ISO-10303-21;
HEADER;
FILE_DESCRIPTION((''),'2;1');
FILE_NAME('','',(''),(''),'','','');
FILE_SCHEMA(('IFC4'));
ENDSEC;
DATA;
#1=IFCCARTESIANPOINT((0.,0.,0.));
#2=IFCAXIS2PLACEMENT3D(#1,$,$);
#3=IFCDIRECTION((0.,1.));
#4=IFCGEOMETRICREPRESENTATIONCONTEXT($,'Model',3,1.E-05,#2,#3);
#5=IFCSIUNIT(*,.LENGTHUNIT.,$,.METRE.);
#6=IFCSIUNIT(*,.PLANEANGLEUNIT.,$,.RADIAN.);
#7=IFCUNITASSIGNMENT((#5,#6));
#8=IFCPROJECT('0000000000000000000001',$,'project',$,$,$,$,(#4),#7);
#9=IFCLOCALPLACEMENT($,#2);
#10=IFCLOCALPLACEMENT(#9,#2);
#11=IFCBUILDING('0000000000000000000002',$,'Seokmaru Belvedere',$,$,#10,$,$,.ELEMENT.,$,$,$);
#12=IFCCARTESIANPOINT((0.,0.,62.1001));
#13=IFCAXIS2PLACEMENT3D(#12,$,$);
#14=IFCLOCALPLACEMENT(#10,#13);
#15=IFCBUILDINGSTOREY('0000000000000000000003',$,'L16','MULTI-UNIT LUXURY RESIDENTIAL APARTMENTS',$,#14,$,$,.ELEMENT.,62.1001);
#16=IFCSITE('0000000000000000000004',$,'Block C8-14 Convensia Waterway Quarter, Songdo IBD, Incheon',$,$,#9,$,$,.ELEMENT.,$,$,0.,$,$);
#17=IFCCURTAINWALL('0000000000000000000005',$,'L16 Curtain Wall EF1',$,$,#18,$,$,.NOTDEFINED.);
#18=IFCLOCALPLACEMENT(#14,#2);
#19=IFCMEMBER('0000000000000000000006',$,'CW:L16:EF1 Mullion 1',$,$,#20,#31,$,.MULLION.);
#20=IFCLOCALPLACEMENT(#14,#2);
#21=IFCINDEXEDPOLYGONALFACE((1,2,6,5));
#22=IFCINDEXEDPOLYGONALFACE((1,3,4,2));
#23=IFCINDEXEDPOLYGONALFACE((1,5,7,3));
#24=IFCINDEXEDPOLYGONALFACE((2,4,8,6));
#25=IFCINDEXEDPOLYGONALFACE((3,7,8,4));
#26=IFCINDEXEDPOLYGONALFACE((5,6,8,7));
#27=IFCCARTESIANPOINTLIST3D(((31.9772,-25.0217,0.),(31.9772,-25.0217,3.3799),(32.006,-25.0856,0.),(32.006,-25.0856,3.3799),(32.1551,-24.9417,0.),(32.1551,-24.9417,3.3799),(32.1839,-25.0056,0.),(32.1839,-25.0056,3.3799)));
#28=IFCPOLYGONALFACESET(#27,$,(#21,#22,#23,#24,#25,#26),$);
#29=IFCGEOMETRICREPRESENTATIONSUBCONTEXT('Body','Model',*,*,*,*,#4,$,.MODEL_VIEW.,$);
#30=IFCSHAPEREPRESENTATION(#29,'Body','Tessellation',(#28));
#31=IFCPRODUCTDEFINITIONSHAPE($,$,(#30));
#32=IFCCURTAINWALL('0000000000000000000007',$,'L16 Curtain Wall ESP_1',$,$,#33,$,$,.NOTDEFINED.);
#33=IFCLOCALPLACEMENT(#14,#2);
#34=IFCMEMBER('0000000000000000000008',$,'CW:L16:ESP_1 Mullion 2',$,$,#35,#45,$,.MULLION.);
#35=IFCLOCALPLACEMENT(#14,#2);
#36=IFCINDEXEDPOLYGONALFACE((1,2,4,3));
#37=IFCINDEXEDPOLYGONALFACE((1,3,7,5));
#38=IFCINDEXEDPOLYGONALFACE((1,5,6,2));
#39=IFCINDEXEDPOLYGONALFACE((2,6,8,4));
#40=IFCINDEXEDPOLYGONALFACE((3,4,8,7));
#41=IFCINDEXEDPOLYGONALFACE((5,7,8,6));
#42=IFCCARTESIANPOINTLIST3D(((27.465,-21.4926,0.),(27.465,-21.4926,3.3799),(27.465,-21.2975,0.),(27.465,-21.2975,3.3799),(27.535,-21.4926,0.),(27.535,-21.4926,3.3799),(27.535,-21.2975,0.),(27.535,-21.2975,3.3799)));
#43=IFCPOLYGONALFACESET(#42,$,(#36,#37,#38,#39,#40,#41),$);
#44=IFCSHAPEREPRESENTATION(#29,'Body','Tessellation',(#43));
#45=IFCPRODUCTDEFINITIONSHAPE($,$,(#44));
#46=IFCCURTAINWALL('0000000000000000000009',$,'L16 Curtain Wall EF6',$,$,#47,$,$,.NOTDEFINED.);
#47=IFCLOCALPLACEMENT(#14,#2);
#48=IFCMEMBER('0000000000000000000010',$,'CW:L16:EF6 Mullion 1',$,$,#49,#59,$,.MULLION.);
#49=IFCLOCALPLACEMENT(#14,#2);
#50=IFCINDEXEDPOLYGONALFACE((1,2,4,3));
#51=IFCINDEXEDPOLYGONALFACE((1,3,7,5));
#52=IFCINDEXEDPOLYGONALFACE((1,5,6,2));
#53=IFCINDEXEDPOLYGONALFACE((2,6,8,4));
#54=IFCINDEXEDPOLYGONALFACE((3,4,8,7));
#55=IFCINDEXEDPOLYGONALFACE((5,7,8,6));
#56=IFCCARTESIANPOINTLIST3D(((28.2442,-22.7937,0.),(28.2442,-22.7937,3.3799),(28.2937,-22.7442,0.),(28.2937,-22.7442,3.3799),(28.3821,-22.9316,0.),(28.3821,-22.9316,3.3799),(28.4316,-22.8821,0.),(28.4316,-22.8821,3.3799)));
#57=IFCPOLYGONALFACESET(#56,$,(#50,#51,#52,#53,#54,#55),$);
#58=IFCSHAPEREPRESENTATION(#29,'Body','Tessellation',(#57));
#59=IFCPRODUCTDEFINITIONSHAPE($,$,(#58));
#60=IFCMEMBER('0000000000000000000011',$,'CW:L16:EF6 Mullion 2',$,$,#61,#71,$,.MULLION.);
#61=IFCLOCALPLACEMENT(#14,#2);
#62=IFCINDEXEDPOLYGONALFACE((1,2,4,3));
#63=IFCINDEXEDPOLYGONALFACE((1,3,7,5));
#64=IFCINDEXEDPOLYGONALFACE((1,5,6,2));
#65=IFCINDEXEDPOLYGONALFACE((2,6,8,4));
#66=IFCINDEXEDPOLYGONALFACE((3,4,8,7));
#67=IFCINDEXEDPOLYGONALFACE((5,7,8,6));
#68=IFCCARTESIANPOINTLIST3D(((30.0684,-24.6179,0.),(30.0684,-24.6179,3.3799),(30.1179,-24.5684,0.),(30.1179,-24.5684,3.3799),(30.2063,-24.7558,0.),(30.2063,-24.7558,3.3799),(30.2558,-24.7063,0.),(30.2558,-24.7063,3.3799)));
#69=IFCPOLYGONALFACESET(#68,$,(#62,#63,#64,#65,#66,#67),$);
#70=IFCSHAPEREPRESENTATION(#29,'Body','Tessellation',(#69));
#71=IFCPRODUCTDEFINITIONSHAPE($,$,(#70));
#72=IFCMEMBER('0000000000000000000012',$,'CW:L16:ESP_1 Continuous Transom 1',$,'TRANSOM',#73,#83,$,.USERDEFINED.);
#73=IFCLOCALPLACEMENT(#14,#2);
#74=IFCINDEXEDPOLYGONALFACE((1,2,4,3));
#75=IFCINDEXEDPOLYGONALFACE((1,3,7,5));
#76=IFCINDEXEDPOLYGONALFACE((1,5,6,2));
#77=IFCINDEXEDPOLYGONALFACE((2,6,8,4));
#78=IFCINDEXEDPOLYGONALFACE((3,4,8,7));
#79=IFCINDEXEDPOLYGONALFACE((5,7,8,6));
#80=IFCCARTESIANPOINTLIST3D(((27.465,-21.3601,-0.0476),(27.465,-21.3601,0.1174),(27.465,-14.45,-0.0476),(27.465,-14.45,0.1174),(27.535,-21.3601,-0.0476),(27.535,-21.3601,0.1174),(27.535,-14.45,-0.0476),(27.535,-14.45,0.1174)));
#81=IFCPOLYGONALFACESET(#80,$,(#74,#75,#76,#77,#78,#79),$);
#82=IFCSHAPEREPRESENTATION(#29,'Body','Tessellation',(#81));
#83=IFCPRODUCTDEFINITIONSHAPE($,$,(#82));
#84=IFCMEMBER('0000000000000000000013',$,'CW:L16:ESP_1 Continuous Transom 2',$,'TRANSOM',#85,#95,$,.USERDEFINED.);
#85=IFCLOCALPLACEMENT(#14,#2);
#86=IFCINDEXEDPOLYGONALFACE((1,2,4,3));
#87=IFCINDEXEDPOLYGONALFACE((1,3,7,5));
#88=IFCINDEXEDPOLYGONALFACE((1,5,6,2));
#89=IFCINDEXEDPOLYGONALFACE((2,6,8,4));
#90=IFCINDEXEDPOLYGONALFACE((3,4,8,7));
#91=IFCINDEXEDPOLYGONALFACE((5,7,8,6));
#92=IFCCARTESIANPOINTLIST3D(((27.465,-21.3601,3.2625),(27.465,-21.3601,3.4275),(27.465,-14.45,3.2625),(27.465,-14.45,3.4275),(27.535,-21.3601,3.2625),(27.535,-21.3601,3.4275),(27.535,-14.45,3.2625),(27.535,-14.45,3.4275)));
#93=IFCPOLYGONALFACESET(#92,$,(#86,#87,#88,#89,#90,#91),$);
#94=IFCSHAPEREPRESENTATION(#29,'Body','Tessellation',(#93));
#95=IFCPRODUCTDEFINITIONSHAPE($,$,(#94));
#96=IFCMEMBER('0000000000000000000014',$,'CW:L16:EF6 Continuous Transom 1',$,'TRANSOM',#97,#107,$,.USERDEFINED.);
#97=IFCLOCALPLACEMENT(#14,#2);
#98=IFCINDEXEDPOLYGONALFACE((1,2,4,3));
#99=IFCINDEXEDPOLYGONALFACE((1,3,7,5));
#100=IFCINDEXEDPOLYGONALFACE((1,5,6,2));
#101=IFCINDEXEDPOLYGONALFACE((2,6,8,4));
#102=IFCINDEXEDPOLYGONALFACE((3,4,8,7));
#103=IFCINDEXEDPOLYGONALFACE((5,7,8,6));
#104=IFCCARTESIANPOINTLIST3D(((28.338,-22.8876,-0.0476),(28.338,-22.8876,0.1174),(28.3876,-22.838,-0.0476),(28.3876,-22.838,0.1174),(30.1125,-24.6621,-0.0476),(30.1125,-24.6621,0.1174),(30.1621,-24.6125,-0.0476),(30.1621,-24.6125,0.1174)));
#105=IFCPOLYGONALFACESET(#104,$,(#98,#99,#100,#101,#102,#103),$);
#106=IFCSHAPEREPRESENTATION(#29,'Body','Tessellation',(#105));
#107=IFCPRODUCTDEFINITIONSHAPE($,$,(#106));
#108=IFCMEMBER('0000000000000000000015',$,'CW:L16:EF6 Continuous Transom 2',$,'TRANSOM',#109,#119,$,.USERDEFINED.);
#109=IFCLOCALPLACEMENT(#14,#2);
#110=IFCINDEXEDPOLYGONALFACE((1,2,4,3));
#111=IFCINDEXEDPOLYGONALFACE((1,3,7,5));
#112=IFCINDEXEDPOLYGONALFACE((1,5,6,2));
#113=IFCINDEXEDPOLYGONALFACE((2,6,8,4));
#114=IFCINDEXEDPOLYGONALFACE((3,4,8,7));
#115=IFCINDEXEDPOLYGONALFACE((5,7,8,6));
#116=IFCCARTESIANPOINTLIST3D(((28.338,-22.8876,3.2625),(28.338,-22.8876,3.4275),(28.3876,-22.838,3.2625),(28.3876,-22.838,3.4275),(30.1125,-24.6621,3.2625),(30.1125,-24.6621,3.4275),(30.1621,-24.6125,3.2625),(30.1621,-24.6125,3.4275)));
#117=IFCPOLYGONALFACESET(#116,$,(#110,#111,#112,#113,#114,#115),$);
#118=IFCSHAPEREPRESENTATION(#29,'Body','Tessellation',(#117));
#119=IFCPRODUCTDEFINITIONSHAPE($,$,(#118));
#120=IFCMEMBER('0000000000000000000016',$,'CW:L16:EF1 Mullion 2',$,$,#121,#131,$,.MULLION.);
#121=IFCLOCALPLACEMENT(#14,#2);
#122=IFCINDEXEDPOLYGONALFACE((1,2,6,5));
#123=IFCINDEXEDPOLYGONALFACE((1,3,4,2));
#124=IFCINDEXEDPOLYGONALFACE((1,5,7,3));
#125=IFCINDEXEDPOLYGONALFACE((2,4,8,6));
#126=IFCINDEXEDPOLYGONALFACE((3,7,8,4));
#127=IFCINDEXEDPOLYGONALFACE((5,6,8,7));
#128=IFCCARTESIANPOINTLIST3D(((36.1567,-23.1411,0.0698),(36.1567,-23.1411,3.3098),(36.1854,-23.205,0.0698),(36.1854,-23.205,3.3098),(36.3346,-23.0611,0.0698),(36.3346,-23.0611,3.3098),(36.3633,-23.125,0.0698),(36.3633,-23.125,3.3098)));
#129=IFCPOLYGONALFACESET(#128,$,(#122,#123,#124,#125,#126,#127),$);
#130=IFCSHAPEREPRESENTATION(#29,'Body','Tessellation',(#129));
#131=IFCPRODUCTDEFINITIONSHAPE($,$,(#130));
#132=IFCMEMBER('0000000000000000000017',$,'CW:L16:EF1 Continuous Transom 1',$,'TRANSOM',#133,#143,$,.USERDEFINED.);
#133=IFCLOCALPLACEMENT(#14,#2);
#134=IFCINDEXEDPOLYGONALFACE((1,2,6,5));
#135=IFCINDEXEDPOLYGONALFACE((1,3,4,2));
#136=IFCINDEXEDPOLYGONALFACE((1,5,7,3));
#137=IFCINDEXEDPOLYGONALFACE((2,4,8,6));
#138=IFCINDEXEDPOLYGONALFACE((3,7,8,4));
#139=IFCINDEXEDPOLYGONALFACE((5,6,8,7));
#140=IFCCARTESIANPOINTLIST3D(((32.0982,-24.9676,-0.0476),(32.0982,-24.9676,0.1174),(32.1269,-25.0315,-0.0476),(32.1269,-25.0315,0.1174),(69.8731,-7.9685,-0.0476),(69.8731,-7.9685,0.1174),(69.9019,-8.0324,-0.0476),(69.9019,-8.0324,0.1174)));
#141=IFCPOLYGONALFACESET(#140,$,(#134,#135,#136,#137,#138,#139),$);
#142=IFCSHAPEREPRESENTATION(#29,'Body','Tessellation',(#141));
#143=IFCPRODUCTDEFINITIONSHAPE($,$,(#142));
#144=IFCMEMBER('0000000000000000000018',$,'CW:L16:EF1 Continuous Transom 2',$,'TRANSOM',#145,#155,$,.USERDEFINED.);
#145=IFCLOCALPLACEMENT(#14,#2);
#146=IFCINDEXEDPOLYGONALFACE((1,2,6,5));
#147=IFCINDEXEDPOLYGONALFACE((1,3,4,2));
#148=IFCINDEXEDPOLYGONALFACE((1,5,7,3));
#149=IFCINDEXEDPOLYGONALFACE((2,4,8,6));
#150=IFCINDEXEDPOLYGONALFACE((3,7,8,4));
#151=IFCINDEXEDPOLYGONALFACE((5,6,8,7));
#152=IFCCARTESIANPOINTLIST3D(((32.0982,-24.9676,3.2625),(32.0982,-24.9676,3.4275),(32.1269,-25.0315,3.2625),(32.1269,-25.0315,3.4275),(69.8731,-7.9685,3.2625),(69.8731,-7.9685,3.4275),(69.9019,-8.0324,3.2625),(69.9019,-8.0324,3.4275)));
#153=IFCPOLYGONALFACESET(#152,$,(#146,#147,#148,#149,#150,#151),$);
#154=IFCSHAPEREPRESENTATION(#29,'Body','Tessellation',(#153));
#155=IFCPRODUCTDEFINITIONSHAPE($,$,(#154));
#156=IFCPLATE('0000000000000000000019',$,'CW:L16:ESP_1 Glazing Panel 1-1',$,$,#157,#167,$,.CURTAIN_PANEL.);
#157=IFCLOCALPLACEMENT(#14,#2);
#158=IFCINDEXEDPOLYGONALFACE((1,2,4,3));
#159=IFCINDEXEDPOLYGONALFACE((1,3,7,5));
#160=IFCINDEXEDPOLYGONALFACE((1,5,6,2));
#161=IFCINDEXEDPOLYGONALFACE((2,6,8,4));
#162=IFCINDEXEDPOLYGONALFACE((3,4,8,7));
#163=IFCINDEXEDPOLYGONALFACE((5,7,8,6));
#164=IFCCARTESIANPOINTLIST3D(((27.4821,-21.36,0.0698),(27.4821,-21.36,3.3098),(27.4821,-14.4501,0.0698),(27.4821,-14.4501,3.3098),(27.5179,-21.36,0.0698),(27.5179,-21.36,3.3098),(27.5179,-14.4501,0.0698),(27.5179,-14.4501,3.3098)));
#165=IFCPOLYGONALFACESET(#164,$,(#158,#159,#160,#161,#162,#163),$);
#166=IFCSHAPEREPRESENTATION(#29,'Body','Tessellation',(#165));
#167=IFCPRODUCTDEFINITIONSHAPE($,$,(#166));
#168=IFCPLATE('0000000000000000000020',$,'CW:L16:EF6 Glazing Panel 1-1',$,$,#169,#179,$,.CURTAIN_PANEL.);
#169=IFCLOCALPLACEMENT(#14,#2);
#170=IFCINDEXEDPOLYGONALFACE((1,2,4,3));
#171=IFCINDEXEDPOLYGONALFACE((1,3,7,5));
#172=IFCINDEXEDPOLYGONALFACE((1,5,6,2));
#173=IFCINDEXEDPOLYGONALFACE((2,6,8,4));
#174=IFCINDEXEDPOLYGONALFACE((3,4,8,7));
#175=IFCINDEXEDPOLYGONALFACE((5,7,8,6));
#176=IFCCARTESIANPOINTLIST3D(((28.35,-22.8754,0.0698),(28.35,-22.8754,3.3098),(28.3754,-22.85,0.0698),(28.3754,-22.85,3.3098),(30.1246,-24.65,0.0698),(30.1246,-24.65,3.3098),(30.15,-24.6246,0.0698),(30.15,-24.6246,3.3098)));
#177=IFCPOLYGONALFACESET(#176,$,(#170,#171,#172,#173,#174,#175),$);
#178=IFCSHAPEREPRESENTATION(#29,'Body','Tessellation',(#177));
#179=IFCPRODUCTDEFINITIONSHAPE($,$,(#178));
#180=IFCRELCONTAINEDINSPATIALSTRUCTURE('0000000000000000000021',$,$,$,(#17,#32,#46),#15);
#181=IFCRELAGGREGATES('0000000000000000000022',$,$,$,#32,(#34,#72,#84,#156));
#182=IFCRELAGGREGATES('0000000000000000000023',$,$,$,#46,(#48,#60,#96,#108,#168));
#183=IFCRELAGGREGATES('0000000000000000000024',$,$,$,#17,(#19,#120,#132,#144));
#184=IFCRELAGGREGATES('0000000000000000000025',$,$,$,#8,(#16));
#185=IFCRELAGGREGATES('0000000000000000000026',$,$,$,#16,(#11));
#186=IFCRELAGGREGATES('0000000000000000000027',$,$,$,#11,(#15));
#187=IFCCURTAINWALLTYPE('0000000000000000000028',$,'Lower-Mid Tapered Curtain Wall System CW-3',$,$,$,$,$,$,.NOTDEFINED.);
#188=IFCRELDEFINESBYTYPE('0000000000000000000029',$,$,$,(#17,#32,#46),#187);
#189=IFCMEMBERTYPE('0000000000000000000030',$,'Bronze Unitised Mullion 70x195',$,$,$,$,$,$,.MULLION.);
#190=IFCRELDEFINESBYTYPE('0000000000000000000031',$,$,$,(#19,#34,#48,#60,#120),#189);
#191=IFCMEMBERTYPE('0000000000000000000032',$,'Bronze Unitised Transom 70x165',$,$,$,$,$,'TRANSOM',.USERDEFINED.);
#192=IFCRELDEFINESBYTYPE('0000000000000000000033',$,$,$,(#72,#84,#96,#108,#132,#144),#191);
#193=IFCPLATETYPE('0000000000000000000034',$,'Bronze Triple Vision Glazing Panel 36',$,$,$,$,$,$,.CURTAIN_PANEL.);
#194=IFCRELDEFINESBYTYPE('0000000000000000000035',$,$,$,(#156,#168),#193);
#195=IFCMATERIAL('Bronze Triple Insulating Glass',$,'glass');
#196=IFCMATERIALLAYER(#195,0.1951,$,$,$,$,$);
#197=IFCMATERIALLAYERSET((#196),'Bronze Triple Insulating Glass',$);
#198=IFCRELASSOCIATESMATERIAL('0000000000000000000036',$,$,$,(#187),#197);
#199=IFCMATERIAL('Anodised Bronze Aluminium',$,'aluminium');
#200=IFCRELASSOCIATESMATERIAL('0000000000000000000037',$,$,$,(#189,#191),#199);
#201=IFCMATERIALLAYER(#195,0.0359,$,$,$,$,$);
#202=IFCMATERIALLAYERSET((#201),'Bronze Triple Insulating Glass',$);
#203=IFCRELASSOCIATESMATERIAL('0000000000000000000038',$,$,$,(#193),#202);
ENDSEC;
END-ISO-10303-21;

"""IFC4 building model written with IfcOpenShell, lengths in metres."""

from ifc_helpers import new_model, si_unit, direction, frame, origin, origin_2d, place, context, subcontext, project, spatial, rectangle, extrude, source, transform, mapped, material, layer, layer_set, material_profile, profile_set, type_object, type_shapes, element, aggregate, save


model = new_model("IFC4")

# Units and contexts
model_context = context("Model", 3, precision=1e-05, world=origin(), true_north=direction((0.0, 1.0)))
body_context = subcontext(model_context, "Body", "Model", "MODEL_VIEW")
ifc_project = project(units=[si_unit("LENGTHUNIT", "METRE"), si_unit("PLANEANGLEUNIT", "RADIAN")], contexts=[model_context])

# Site, building, storey
site_placement = place(None, origin())
site = spatial("IfcSite", under=ifc_project, at=site_placement, Name="Block C8-14 Convensia Waterway Quarter, Songdo IBD, Incheon", CompositionType="ELEMENT", RefElevation=0.0)
building_placement = place(site_placement, origin())
building = spatial("IfcBuilding", under=site, at=building_placement, Name="Seokmaru Belvedere", CompositionType="ELEMENT")
storey_placement = place(building_placement, frame((0.0, 0.0, 62.1001)))
storey = spatial("IfcBuildingStorey", under=building, at=storey_placement, Name="L16", Description="MULTI-UNIT LUXURY RESIDENTIAL APARTMENTS", CompositionType="ELEMENT", Elevation=62.1001)

# Curtain walls, members
ifc_material_1 = material(Name="Bronze Triple Insulating Glass", Category="glass")
ifc_layer_1 = layer(ifc_material_1, 0.1951)
ifc_layer_set_1 = layer_set([ifc_layer_1], Name="Bronze Triple Insulating Glass")
curtain_wall_type = type_object("IfcCurtainWallType", Name="Lower-Mid Tapered Curtain Wall System CW-3", PredefinedType="NOTDEFINED", material=ifc_layer_set_1)
curtain_wall_1_placement = place(storey_placement, origin())
curtain_wall_1 = element("IfcCurtainWall", 1, at=curtain_wall_1_placement, inside=storey, type_object=curtain_wall_type, Name="L16 Curtain Wall EF1", PredefinedType="NOTDEFINED")
ifc_material_2 = material(Name="Anodised Bronze Aluminium", Category="aluminium")
ifc_material_profile_1 = material_profile(ifc_material_2, rectangle(XDim=0.0701, YDim=0.1951, at=origin_2d()), Name="CW-M-70x195")
ifc_profile_set_1 = profile_set([ifc_material_profile_1], Name="Anodised Bronze Aluminium")
member_type_1 = type_object("IfcMemberType", Name="Bronze Unitised Mullion 70x195", PredefinedType="MULLION", material=ifc_profile_set_1)
shared_shape_1 = source(origin(), body_context, "Body", "SweptSolid", [
    extrude(rectangle(XDim=0.0701, YDim=0.1951, at=origin_2d()), origin(), (0.0, 0.0, 1.0), 3.3799),
])
member_1_placement = place(storey_placement, frame((32.0806, -25.0137, 0.0), z_axis=(0.0, 0.0, 1.0), x_axis=(-0.410366, 0.911921, 0.0)))
member_1 = element("IfcMember", 2, at=member_1_placement, type_object=member_type_1, Name="CW:L16:EF1 Mullion 1", PredefinedType="MULLION", context=body_context, shape_type="MappedRepresentation", body=[
    mapped(shared_shape_1, transform((0.0, 0.0, 0.0), scale=1.0)),
])
curtain_wall_2_placement = place(storey_placement, origin())
curtain_wall_2 = element("IfcCurtainWall", 3, at=curtain_wall_2_placement, inside=storey, type_object=curtain_wall_type, Name="L16 Curtain Wall ESP_1", PredefinedType="NOTDEFINED")
member_2_placement = place(storey_placement, frame((27.5, -21.395, 0.0), z_axis=(0.0, 0.0, 1.0), x_axis=(1.0, 0.0, 0.0)))
member_2 = element("IfcMember", 4, at=member_2_placement, type_object=member_type_1, Name="CW:L16:ESP_1 Mullion 2", PredefinedType="MULLION", context=body_context, shape_type="MappedRepresentation", body=[
    mapped(shared_shape_1, transform((0.0, 0.0, 0.0), scale=1.0)),
])

# Curtain wall, members
curtain_wall_3_placement = place(storey_placement, origin())
curtain_wall_3 = element("IfcCurtainWall", 5, at=curtain_wall_3_placement, inside=storey, type_object=curtain_wall_type, Name="L16 Curtain Wall EF6", PredefinedType="NOTDEFINED")
member_3_placement = place(storey_placement, frame((28.3379, -22.8379, 0.0), z_axis=(0.0, 0.0, 1.0), x_axis=(0.707107, 0.707107, 0.0)))
member_3 = element("IfcMember", 6, at=member_3_placement, type_object=member_type_1, Name="CW:L16:EF6 Mullion 1", PredefinedType="MULLION", context=body_context, shape_type="MappedRepresentation", body=[
    mapped(shared_shape_1, transform((0.0, 0.0, 0.0), scale=1.0)),
])
member_4_placement = place(storey_placement, frame((30.1621, -24.6621, 0.0), z_axis=(0.0, 0.0, 1.0), x_axis=(0.707107, 0.707107, 0.0)))
member_4 = element("IfcMember", 7, at=member_4_placement, type_object=member_type_1, Name="CW:L16:EF6 Mullion 2", PredefinedType="MULLION", context=body_context, shape_type="MappedRepresentation", body=[
    mapped(shared_shape_1, transform((0.0, 0.0, 0.0), scale=1.0)),
])

# Members
ifc_material_profile_2 = material_profile(ifc_material_2, rectangle(XDim=0.0701, YDim=0.165, at=origin_2d()), Name="CW-T-70x165")
ifc_profile_set_2 = profile_set([ifc_material_profile_2], Name="Anodised Bronze Aluminium")
member_type_2 = type_object("IfcMemberType", Name="Bronze Unitised Transom 70x165", ElementType="TRANSOM", PredefinedType="USERDEFINED", material=ifc_profile_set_2)
shared_shape_2 = source(origin(), body_context, "Body", "SweptSolid", [
    extrude(rectangle(XDim=0.0701, YDim=0.165, at=origin_2d()), origin(), (0.0, 0.0, 1.0), 6.9102),
])
member_5_placement = place(storey_placement, frame((27.5, -14.45, 0.0349), z_axis=(0.0, -1.0, 0.0), x_axis=(1.0, 0.0, 0.0)))
member_5 = element("IfcMember", 8, at=member_5_placement, type_object=member_type_2, Name="CW:L16:ESP_1 Continuous Transom 1", ObjectType="TRANSOM", PredefinedType="USERDEFINED", context=body_context, shape_type="MappedRepresentation", body=[
    mapped(shared_shape_2, transform((0.0, 0.0, 0.0), scale=1.0)),
])
member_6_placement = place(storey_placement, frame((27.5, -14.45, 3.345), z_axis=(0.0, -1.0, 0.0), x_axis=(1.0, 0.0, 0.0)))
member_6 = element("IfcMember", 9, at=member_6_placement, type_object=member_type_2, Name="CW:L16:ESP_1 Continuous Transom 2", ObjectType="TRANSOM", PredefinedType="USERDEFINED", context=body_context, shape_type="MappedRepresentation", body=[
    mapped(shared_shape_2, transform((0.0, 0.0, 0.0), scale=1.0)),
])
shared_shape_3 = source(origin(), body_context, "Body", "SweptSolid", [
    extrude(rectangle(XDim=0.0701, YDim=0.165, at=origin_2d()), origin(), (0.0, 0.0, 1.0), 2.5095),
])
member_7_placement = place(storey_placement, frame((28.3628, -22.8628, 0.0349), z_axis=(0.707107, -0.707107, 0.0), x_axis=(0.707107, 0.707107, 0.0)))
member_7 = element("IfcMember", 10, at=member_7_placement, type_object=member_type_2, Name="CW:L16:EF6 Continuous Transom 1", ObjectType="TRANSOM", PredefinedType="USERDEFINED", context=body_context, shape_type="MappedRepresentation", body=[
    mapped(shared_shape_3, transform((0.0, 0.0, 0.0), scale=1.0)),
])
member_8_placement = place(storey_placement, frame((28.3628, -22.8628, 3.345), z_axis=(0.707107, -0.707107, 0.0), x_axis=(0.707107, 0.707107, 0.0)))
member_8 = element("IfcMember", 11, at=member_8_placement, type_object=member_type_2, Name="CW:L16:EF6 Continuous Transom 2", ObjectType="TRANSOM", PredefinedType="USERDEFINED", context=body_context, shape_type="MappedRepresentation", body=[
    mapped(shared_shape_3, transform((0.0, 0.0, 0.0), scale=1.0)),
])
shared_shape_4 = source(origin(), body_context, "Body", "SweptSolid", [
    extrude(rectangle(XDim=0.0701, YDim=0.1951, at=origin_2d()), origin(), (0.0, 0.0, 1.0), 3.24),
])
type_shapes(member_type_1, [shared_shape_1, shared_shape_4])
member_9_placement = place(storey_placement, frame((36.26, -23.1331, 0.0698), z_axis=(0.0, 0.0, 1.0), x_axis=(-0.410366, 0.911921, 0.0)))
member_9 = element("IfcMember", 12, at=member_9_placement, type_object=member_type_1, Name="CW:L16:EF1 Mullion 2", PredefinedType="MULLION", context=body_context, shape_type="MappedRepresentation", body=[
    mapped(shared_shape_4, transform((0.0, 0.0, 0.0), scale=1.0)),
])
shared_shape_5 = source(origin(), body_context, "Body", "SweptSolid", [
    extrude(rectangle(XDim=0.0701, YDim=0.165, at=origin_2d()), origin(), (0.0, 0.0, 1.0), 41.4236),
])
type_shapes(member_type_2, [shared_shape_2, shared_shape_3, shared_shape_5])
member_10_placement = place(storey_placement, frame((32.1125, -24.9995, 0.0349), z_axis=(0.911919, 0.410371, 0.0), x_axis=(-0.410371, 0.911919, 0.0)))
member_10 = element("IfcMember", 13, at=member_10_placement, type_object=member_type_2, Name="CW:L16:EF1 Continuous Transom 1", ObjectType="TRANSOM", PredefinedType="USERDEFINED", context=body_context, shape_type="MappedRepresentation", body=[
    mapped(shared_shape_5, transform((0.0, 0.0, 0.0), scale=1.0)),
])
member_11_placement = place(storey_placement, frame((32.1125, -24.9995, 3.345), z_axis=(0.911919, 0.410371, 0.0), x_axis=(-0.410371, 0.911919, 0.0)))
member_11 = element("IfcMember", 14, at=member_11_placement, type_object=member_type_2, Name="CW:L16:EF1 Continuous Transom 2", ObjectType="TRANSOM", PredefinedType="USERDEFINED", context=body_context, shape_type="MappedRepresentation", body=[
    mapped(shared_shape_5, transform((0.0, 0.0, 0.0), scale=1.0)),
])

# Plates
ifc_layer_2 = layer(ifc_material_1, 0.0359)
ifc_layer_set_2 = layer_set([ifc_layer_2], Name="Bronze Triple Insulating Glass")
plate_type = type_object("IfcPlateType", Name="Bronze Triple Vision Glazing Panel 36", PredefinedType="CURTAIN_PANEL", material=ifc_layer_set_2)
shared_shape_6 = source(origin(), body_context, "Body", "SweptSolid", [
    extrude(rectangle(XDim=6.9099, YDim=0.0359, at=origin_2d()), origin(), (0.0, 0.0, 1.0), 3.24),
])
plate_1_placement = place(storey_placement, frame((27.5, -17.905, 0.0698), z_axis=(0.0, 0.0, 1.0), x_axis=(0.0, -1.0, 0.0)))
plate_1 = element("IfcPlate", 15, at=plate_1_placement, type_object=plate_type, Name="CW:L16:ESP_1 Glazing Panel 1-1", PredefinedType="CURTAIN_PANEL", context=body_context, shape_type="MappedRepresentation", body=[
    mapped(shared_shape_6, transform((0.0, 0.0, 0.0), scale=1.0)),
])
aggregate(curtain_wall_2, [member_2, member_5, member_6, plate_1])
shared_shape_7 = source(origin(), body_context, "Body", "SweptSolid", [
    extrude(rectangle(XDim=2.5098, YDim=0.0359, at=origin_2d()), origin(), (0.0, 0.0, 1.0), 3.24),
])
plate_2_placement = place(storey_placement, frame((29.25, -23.75, 0.0698), z_axis=(0.0, 0.0, 1.0), x_axis=(0.707107, -0.707107, 0.0)))
plate_2 = element("IfcPlate", 16, at=plate_2_placement, type_object=plate_type, Name="CW:L16:EF6 Glazing Panel 1-1", PredefinedType="CURTAIN_PANEL", context=body_context, shape_type="MappedRepresentation", body=[
    mapped(shared_shape_7, transform((0.0, 0.0, 0.0), scale=1.0)),
])
aggregate(curtain_wall_3, [member_3, member_4, member_7, member_8, plate_2])
aggregate(curtain_wall_1, [member_1, member_9, member_10, member_11])

save(model, "model.ifc")
